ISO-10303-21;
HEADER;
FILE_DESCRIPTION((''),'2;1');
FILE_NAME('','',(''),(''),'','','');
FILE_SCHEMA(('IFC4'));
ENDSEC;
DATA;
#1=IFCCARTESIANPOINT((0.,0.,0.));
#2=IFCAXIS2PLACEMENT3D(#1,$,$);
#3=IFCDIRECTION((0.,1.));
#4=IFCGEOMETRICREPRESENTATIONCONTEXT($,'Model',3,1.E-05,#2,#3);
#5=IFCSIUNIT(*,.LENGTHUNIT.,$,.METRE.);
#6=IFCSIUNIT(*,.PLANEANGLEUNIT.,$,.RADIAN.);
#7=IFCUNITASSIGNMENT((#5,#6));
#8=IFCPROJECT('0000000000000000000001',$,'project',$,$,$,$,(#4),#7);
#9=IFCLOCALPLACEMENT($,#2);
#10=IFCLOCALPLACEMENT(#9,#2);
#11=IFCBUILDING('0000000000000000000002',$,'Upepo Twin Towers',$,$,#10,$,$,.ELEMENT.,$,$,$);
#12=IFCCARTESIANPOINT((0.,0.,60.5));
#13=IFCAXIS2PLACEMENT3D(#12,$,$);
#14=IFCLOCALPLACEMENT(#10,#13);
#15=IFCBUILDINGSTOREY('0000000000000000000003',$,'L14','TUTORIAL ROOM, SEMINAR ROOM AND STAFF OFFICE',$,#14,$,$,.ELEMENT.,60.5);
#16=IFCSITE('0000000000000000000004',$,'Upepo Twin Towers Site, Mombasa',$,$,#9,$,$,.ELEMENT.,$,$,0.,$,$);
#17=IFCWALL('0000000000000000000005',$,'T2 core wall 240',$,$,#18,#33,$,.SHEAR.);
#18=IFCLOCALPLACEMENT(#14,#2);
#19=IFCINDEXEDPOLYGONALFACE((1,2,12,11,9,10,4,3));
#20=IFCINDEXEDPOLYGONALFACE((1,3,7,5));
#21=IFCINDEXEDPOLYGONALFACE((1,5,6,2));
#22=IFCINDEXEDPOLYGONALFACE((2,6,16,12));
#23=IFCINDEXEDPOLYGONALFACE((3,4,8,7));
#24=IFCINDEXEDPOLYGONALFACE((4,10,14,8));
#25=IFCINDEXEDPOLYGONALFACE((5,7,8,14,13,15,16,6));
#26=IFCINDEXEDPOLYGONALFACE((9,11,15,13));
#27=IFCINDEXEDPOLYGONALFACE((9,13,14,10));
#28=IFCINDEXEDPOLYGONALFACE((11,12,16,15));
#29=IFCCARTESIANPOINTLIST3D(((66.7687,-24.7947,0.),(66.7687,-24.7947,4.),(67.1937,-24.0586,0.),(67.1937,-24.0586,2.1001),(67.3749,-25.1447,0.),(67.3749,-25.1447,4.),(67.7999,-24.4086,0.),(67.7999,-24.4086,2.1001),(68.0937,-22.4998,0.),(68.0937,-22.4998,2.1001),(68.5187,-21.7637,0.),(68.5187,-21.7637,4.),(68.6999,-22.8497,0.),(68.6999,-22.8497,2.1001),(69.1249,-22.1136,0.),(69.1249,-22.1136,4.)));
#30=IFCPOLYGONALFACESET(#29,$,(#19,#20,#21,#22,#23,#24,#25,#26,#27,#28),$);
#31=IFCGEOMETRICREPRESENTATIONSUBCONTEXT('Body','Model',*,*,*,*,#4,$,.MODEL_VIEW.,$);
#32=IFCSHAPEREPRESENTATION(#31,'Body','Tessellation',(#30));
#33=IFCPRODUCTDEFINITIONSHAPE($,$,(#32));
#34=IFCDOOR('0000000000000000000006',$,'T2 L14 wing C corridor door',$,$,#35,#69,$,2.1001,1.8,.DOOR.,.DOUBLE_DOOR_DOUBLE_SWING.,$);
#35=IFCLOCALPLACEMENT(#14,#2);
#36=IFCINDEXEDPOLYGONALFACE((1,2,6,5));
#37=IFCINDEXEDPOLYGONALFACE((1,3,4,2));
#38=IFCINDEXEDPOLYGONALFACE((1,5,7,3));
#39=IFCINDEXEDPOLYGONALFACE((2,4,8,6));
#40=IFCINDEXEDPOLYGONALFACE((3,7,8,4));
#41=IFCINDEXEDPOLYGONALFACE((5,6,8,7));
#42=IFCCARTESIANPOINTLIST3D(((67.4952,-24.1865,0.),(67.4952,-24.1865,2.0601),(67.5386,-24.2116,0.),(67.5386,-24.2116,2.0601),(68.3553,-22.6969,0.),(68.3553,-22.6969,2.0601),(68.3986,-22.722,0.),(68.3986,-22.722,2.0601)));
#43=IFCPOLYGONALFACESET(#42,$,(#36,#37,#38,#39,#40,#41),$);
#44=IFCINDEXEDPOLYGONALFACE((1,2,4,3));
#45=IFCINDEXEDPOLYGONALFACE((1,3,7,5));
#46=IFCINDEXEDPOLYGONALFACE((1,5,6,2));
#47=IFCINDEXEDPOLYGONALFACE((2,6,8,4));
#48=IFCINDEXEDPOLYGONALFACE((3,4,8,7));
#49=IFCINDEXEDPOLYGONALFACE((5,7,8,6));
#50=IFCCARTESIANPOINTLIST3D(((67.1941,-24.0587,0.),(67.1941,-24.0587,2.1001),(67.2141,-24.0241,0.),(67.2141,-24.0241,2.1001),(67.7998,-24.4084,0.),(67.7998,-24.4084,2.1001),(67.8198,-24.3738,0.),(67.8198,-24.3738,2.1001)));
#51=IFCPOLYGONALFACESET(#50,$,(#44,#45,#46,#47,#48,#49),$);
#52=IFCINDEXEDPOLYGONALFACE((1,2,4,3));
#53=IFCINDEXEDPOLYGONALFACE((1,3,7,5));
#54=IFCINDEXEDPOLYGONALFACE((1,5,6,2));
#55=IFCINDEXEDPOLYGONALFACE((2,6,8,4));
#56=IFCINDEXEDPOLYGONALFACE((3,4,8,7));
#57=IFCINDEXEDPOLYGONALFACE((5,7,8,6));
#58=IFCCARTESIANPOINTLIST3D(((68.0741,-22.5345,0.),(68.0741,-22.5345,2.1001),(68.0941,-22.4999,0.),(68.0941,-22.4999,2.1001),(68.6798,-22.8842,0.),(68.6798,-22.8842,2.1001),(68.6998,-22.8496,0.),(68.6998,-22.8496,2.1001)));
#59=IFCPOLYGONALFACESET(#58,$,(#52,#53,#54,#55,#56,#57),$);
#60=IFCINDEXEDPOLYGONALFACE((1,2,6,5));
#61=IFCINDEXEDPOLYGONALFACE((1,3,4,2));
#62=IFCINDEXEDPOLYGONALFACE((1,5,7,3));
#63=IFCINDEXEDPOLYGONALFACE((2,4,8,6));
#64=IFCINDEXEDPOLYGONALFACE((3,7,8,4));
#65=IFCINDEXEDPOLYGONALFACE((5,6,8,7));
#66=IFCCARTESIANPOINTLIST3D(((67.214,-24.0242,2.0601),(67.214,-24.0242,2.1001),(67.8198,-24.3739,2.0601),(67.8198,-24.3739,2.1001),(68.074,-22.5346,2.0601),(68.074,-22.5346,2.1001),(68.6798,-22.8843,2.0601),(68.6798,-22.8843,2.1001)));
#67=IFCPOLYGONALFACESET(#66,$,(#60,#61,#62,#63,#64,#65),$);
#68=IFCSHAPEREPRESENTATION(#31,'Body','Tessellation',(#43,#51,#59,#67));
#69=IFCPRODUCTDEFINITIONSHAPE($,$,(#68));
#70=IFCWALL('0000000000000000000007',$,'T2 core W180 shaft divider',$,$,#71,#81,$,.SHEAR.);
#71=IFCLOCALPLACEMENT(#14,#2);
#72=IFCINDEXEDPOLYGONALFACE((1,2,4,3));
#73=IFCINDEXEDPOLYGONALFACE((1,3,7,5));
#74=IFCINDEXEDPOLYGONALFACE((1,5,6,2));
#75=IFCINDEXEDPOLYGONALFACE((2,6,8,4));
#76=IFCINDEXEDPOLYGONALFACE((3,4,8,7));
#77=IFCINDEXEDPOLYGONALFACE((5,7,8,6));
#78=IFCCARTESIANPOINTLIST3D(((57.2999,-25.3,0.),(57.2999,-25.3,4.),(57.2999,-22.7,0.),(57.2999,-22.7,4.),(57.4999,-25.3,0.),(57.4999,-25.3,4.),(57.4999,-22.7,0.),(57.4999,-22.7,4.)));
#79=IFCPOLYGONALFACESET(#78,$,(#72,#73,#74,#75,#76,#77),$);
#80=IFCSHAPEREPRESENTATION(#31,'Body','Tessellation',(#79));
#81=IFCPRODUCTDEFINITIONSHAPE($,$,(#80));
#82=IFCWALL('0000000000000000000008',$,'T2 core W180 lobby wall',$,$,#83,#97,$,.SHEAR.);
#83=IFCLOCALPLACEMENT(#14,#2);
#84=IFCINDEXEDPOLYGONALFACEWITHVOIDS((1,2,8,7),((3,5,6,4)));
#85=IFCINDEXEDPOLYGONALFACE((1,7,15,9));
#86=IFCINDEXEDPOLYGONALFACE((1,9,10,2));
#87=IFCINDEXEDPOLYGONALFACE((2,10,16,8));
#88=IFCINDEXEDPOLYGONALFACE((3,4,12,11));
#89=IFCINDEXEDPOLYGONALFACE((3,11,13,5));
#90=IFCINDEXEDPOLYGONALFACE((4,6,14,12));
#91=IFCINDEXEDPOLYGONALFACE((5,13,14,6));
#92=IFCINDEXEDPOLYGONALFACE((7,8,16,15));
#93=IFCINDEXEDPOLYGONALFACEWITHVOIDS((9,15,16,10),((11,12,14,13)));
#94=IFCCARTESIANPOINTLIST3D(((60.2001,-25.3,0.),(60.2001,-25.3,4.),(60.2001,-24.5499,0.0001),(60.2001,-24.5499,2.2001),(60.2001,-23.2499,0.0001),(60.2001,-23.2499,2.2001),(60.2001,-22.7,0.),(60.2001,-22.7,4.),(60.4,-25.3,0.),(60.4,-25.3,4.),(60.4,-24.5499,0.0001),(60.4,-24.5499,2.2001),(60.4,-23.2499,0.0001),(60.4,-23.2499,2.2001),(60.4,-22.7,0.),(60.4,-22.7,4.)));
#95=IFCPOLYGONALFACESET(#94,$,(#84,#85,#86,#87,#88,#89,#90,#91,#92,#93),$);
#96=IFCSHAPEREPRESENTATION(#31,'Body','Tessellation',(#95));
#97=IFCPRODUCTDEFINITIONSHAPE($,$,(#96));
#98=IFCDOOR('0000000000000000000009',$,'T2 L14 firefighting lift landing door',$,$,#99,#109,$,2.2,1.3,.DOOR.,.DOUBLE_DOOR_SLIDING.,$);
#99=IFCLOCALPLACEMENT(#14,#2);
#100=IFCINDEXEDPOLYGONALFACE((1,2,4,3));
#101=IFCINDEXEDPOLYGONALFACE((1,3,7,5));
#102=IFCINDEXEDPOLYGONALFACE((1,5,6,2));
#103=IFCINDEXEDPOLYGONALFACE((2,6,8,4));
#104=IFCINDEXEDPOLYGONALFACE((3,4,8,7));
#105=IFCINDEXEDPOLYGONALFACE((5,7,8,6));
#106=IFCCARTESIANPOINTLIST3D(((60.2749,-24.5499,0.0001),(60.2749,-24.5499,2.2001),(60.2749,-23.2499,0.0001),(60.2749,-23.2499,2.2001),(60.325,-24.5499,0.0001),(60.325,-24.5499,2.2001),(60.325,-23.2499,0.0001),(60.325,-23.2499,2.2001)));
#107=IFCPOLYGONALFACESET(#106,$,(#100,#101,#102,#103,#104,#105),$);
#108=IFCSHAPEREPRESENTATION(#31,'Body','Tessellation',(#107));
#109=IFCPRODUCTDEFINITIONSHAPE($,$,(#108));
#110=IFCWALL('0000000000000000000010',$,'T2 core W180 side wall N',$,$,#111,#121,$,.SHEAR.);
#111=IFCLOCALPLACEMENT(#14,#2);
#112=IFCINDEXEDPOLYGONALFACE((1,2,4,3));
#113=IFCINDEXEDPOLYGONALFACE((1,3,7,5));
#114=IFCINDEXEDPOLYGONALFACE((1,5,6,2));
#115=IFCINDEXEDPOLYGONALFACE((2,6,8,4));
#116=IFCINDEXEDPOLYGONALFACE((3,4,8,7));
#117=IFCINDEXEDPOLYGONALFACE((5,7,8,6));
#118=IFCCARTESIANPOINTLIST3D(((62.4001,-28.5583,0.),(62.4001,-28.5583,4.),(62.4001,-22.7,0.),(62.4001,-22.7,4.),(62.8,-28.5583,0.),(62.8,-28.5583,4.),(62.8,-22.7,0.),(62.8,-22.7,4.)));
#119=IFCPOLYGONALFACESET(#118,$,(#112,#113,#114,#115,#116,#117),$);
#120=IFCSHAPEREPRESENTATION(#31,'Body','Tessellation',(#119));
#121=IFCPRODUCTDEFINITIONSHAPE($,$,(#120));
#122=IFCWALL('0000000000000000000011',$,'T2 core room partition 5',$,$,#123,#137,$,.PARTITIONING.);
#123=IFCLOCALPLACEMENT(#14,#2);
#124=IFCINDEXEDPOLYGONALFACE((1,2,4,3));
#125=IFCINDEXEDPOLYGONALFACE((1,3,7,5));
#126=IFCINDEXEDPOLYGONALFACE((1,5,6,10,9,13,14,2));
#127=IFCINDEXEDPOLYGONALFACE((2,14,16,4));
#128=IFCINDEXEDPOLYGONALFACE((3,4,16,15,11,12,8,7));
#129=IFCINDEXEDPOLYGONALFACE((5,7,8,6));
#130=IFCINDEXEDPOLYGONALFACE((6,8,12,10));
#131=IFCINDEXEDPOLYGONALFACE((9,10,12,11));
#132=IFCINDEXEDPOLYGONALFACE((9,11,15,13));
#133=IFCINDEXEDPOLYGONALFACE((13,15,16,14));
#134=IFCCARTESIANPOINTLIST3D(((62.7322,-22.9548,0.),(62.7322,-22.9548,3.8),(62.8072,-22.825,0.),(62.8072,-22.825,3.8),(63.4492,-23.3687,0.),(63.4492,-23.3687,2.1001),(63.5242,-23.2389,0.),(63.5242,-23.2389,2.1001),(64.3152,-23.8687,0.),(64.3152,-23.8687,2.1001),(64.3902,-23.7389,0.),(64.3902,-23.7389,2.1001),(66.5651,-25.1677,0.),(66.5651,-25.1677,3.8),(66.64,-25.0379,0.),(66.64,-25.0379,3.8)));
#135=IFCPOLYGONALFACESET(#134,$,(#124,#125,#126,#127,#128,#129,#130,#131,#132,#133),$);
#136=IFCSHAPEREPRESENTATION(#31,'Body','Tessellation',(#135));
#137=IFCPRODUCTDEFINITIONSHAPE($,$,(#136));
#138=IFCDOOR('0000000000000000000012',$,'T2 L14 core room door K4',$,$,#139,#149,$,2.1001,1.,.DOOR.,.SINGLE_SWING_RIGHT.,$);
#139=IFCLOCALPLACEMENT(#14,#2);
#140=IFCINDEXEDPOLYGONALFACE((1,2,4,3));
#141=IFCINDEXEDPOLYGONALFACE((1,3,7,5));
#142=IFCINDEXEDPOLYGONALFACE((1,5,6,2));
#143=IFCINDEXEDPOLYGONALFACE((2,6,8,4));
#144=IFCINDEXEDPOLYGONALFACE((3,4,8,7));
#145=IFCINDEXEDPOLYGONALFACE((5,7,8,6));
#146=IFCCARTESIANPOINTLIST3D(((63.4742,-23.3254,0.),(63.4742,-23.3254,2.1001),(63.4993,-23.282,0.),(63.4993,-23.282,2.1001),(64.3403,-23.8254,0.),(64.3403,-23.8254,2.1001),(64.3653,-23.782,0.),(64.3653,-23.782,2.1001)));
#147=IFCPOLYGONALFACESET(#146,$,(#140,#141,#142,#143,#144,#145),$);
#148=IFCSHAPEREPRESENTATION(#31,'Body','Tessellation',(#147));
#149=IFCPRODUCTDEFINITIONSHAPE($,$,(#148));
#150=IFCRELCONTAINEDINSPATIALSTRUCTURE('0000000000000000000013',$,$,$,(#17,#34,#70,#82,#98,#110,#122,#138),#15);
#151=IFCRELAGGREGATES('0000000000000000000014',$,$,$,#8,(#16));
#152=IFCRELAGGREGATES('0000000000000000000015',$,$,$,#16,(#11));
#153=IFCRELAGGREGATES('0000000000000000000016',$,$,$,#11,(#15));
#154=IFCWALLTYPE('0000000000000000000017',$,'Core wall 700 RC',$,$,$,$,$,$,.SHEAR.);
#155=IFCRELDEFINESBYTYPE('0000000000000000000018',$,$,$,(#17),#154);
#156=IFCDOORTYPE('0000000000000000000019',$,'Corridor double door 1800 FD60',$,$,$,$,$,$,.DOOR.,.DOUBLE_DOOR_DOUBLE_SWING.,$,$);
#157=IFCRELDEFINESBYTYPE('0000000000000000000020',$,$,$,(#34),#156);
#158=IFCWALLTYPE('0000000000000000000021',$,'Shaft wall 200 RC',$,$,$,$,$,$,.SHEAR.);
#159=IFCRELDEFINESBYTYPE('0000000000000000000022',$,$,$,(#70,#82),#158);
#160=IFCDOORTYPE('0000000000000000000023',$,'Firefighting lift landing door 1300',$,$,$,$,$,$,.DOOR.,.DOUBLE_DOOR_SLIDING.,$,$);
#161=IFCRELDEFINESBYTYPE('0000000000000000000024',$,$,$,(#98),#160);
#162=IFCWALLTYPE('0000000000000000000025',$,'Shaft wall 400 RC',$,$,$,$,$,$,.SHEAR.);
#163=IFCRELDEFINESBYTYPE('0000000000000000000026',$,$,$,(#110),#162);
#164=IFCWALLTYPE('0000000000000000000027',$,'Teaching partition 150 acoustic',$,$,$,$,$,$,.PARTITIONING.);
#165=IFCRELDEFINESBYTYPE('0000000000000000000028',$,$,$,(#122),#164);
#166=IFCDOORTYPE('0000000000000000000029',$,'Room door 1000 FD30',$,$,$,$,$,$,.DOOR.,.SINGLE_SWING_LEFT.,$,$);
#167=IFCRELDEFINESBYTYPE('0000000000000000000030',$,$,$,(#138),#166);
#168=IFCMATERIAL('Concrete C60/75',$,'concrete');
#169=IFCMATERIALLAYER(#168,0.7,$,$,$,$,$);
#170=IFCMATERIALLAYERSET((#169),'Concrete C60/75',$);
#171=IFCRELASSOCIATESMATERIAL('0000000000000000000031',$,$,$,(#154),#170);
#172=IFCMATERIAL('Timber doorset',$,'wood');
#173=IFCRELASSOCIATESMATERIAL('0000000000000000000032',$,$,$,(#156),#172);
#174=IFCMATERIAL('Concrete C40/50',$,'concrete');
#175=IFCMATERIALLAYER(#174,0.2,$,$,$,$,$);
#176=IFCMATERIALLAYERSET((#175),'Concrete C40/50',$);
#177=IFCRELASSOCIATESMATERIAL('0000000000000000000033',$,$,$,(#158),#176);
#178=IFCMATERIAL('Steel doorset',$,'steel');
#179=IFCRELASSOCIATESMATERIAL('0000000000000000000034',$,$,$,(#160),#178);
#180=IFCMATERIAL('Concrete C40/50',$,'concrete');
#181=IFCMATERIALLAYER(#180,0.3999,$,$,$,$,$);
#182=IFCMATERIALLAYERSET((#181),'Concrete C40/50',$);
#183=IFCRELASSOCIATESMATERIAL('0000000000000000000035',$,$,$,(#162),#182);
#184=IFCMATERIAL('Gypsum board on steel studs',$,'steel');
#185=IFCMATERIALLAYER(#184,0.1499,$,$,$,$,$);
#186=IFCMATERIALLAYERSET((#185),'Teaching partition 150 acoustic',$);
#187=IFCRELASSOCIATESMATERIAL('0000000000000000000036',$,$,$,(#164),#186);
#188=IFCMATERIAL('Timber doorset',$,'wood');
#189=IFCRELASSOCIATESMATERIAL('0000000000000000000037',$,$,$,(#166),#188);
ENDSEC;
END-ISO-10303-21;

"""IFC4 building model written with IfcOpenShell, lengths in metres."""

from ifc_helpers import new_model, si_unit, direction, frame, frame_2d, origin, place, context, subcontext, project, spatial, rectangle, extrude, material, layer, layer_set, type_object, element, fill, save


model = new_model("IFC4")

# Units and contexts
model_context = context("Model", 3, precision=1e-05, world=origin(), true_north=direction((0.0, 1.0)))
body_context = subcontext(model_context, "Body", "Model", "MODEL_VIEW")
ifc_project = project(units=[si_unit("LENGTHUNIT", "METRE"), si_unit("PLANEANGLEUNIT", "RADIAN")], contexts=[model_context])

# Site, building, storey
site_placement = place(None, origin())
site = spatial("IfcSite", under=ifc_project, at=site_placement, Name="Upepo Twin Towers Site, Mombasa", CompositionType="ELEMENT", RefElevation=0.0)
building_placement = place(site_placement, origin())
building = spatial("IfcBuilding", under=site, at=building_placement, Name="Upepo Twin Towers", CompositionType="ELEMENT")
storey_placement = place(building_placement, frame((0.0, 0.0, 60.5)))
storey = spatial("IfcBuildingStorey", under=building, at=storey_placement, Name="L14", Description="TUTORIAL ROOM, SEMINAR ROOM AND STAFF OFFICE", CompositionType="ELEMENT", Elevation=60.5)

# Shared definitions
ifc_material_1 = material(Name="Concrete C60/75", Category="concrete")
ifc_layer_1 = layer(ifc_material_1, 0.7)
ifc_layer_set_1 = layer_set([ifc_layer_1], Name="Concrete C60/75")
wall_type_1 = type_object("IfcWallType", Name="Core wall 700 RC", PredefinedType="SHEAR", material=ifc_layer_set_1)

# Wall, opening, door
wall_1_placement = place(storey_placement, frame((67.0718, -24.9697, 0.0), z_axis=(0.0, 0.0, 1.0), x_axis=(0.50001, 0.866019, 0.0)))
wall_1 = element("IfcWall", 1, at=wall_1_placement, inside=storey, type_object=wall_type_1, Name="T2 core wall 240", PredefinedType="SHEAR", context=body_context, shape_type="SweptSolid", body=[
    extrude(rectangle(XDim=3.5, YDim=0.7, at=frame_2d((1.75, 0.0))), origin(), (0.0, 0.0, 1.0), 4.0),
])
opening_1_placement = place(wall_1_placement, frame((0.8501, 0.0, 0.0)))
opening_1 = element("IfcOpeningElement", 2, at=opening_1_placement, cuts=wall_1, PredefinedType="OPENING", context=body_context, shape_type="SweptSolid", body=[
    extrude(rectangle(XDim=1.8, YDim=2.1001, at=frame_2d((0.8999, 1.05))), frame((0.0, 0.3599, 0.0), z_axis=(0.0, -1.0, 0.0), x_axis=(1.0, 0.0, 0.0)), (0.0, 0.0, 1.0), 0.72),
])
ifc_material_2 = material(Name="Timber doorset", Category="wood")
door_type_1 = type_object("IfcDoorType", Name="Corridor double door 1800 FD60", OperationType="DOUBLE_DOOR_DOUBLE_SWING", PredefinedType="DOOR", material=ifc_material_2)
door_1_placement = place(opening_1_placement, origin())
door_1 = element("IfcDoor", 3, at=door_1_placement, inside=storey, type_object=door_type_1, Name="T2 L14 wing C corridor door", OperationType="DOUBLE_DOOR_DOUBLE_SWING", OverallHeight=2.1001, OverallWidth=1.8, PredefinedType="DOOR", context=body_context, shape_type="SweptSolid", body=[
    extrude(rectangle(XDim=1.72, YDim=2.0601, at=frame_2d((0.8999, 1.03))), frame((0.0, 0.0249, 0.0), z_axis=(0.0, -1.0, 0.0), x_axis=(1.0, 0.0, 0.0)), (0.0, 0.0, 1.0), 0.05),
    extrude(rectangle(XDim=0.04, YDim=2.1001, at=frame_2d((0.02, 1.05))), frame((0.0, 0.3496, 0.0), z_axis=(0.0, -1.0, 0.0), x_axis=(1.0, 0.0, 0.0)), (0.0, 0.0, 1.0), 0.6995),
    extrude(rectangle(XDim=0.04, YDim=2.1001, at=frame_2d((1.78, 1.05))), frame((0.0, 0.3496, 0.0), z_axis=(0.0, -1.0, 0.0), x_axis=(1.0, 0.0, 0.0)), (0.0, 0.0, 1.0), 0.6995),
    extrude(rectangle(XDim=1.72, YDim=0.04, at=frame_2d((0.8999, 2.0801))), frame((0.0, 0.3496, 0.0), z_axis=(0.0, -1.0, 0.0), x_axis=(1.0, 0.0, 0.0)), (0.0, 0.0, 1.0), 0.6995),
])
fill(opening_1, door_1)

# Wall
ifc_material_3 = material(Name="Concrete C40/50", Category="concrete")
ifc_layer_2 = layer(ifc_material_3, 0.2)
ifc_layer_set_2 = layer_set([ifc_layer_2], Name="Concrete C40/50")
wall_type_2 = type_object("IfcWallType", Name="Shaft wall 200 RC", PredefinedType="SHEAR", material=ifc_layer_set_2)
wall_2_placement = place(storey_placement, frame((57.3999, -22.7, 0.0), z_axis=(0.0, 0.0, 1.0), x_axis=(0.0, -1.0, 0.0)))
element("IfcWall", 4, at=wall_2_placement, inside=storey, type_object=wall_type_2, Name="T2 core W180 shaft divider", PredefinedType="SHEAR", context=body_context, shape_type="SweptSolid", body=[
    extrude(rectangle(XDim=2.6001, YDim=0.2, at=frame_2d((1.3, 0.0))), origin(), (0.0, 0.0, 1.0), 4.0),
])

# Wall, opening, door
wall_3_placement = place(storey_placement, frame((60.3, -22.7, 0.0), z_axis=(0.0, 0.0, 1.0), x_axis=(0.0, -1.0, 0.0)))
wall_3 = element("IfcWall", 5, at=wall_3_placement, inside=storey, type_object=wall_type_2, Name="T2 core W180 lobby wall", PredefinedType="SHEAR", context=body_context, shape_type="SweptSolid", body=[
    extrude(rectangle(XDim=2.6001, YDim=0.2, at=frame_2d((1.3, 0.0))), origin(), (0.0, 0.0, 1.0), 4.0),
])
opening_2_placement = place(wall_3_placement, frame((0.55, 0.0, 0.0)))
opening_2 = element("IfcOpeningElement", 6, at=opening_2_placement, cuts=wall_3, PredefinedType="OPENING", context=body_context, shape_type="SweptSolid", body=[
    extrude(rectangle(XDim=1.3, YDim=2.2, at=frame_2d((0.6499, 1.1001))), frame((0.0, 0.1099, 0.0), z_axis=(0.0, -1.0, 0.0), x_axis=(1.0, 0.0, 0.0)), (0.0, 0.0, 1.0), 0.22),
])
ifc_material_4 = material(Name="Steel doorset", Category="steel")
door_type_2 = type_object("IfcDoorType", Name="Firefighting lift landing door 1300", OperationType="DOUBLE_DOOR_SLIDING", PredefinedType="DOOR", material=ifc_material_4)
door_2_placement = place(opening_2_placement, origin())
door_2 = element("IfcDoor", 7, at=door_2_placement, inside=storey, type_object=door_type_2, Name="T2 L14 firefighting lift landing door", OperationType="DOUBLE_DOOR_SLIDING", OverallHeight=2.2, OverallWidth=1.3, PredefinedType="DOOR", context=body_context, shape_type="SweptSolid", body=[
    extrude(rectangle(XDim=1.3, YDim=2.2, at=frame_2d((0.6499, 1.1001))), frame((0.0, 0.0249, 0.0), z_axis=(0.0, -1.0, 0.0), x_axis=(1.0, 0.0, 0.0)), (0.0, 0.0, 1.0), 0.05),
])
fill(opening_2, door_2)

# Wall
ifc_material_5 = material(Name="Concrete C40/50", Category="concrete")
ifc_layer_3 = layer(ifc_material_5, 0.3999)
ifc_layer_set_3 = layer_set([ifc_layer_3], Name="Concrete C40/50")
wall_type_3 = type_object("IfcWallType", Name="Shaft wall 400 RC", PredefinedType="SHEAR", material=ifc_layer_set_3)
wall_4_placement = place(storey_placement, frame((62.6001, -22.7, 0.0), z_axis=(0.0, 0.0, 1.0), x_axis=(0.0, -1.0, 0.0)))
element("IfcWall", 8, at=wall_4_placement, inside=storey, type_object=wall_type_3, Name="T2 core W180 side wall N", PredefinedType="SHEAR", context=body_context, shape_type="SweptSolid", body=[
    extrude(rectangle(XDim=5.8584, YDim=0.3999, at=frame_2d((2.9292, 0.0))), origin(), (0.0, 0.0, 1.0), 4.0),
])

# Wall, opening, door
ifc_material_6 = material(Name="Gypsum board on steel studs", Category="steel")
ifc_layer_4 = layer(ifc_material_6, 0.1499)
ifc_layer_set_4 = layer_set([ifc_layer_4], Name="Teaching partition 150 acoustic")
wall_type_4 = type_object("IfcWallType", Name="Teaching partition 150 acoustic", PredefinedType="PARTITIONING", material=ifc_layer_set_4)
wall_5_placement = place(storey_placement, frame((66.6025, -25.1028, 0.0), z_axis=(0.0, 0.0, 1.0), x_axis=(-0.866021, 0.500007, 0.0)))
wall_5 = element("IfcWall", 9, at=wall_5_placement, inside=storey, type_object=wall_type_4, Name="T2 core room partition 5", PredefinedType="PARTITIONING", context=body_context, shape_type="SweptSolid", body=[
    extrude(rectangle(XDim=4.4258, YDim=0.1499, at=frame_2d((2.2129, 0.0))), origin(), (0.0, 0.0, 1.0), 3.8),
])
opening_3_placement = place(wall_5_placement, frame((2.5979, 0.0, 0.0)))
opening_3 = element("IfcOpeningElement", 10, at=opening_3_placement, cuts=wall_5, PredefinedType="OPENING", context=body_context, shape_type="SweptSolid", body=[
    extrude(rectangle(XDim=1.0, YDim=2.1001, at=frame_2d((0.5, 1.05))), frame((0.0, 0.085, 0.0), z_axis=(0.0, -1.0, 0.0), x_axis=(1.0, 0.0, 0.0)), (0.0, 0.0, 1.0), 0.1699),
])
ifc_material_7 = material(Name="Timber doorset", Category="wood")
door_type_3 = type_object("IfcDoorType", Name="Room door 1000 FD30", OperationType="SINGLE_SWING_LEFT", PredefinedType="DOOR", material=ifc_material_7)
door_3_placement = place(opening_3_placement, origin())
door_3 = element("IfcDoor", 11, at=door_3_placement, inside=storey, type_object=door_type_3, Name="T2 L14 core room door K4", OperationType="SINGLE_SWING_RIGHT", OverallHeight=2.1001, OverallWidth=1.0, PredefinedType="DOOR", context=body_context, shape_type="SweptSolid", body=[
    extrude(rectangle(XDim=1.0, YDim=2.1001, at=frame_2d((0.5, 1.05))), frame((0.0, 0.0249, 0.0), z_axis=(0.0, -1.0, 0.0), x_axis=(1.0, 0.0, 0.0)), (0.0, 0.0, 1.0), 0.05),
])
fill(opening_3, door_3)

save(model, "model.ifc")
